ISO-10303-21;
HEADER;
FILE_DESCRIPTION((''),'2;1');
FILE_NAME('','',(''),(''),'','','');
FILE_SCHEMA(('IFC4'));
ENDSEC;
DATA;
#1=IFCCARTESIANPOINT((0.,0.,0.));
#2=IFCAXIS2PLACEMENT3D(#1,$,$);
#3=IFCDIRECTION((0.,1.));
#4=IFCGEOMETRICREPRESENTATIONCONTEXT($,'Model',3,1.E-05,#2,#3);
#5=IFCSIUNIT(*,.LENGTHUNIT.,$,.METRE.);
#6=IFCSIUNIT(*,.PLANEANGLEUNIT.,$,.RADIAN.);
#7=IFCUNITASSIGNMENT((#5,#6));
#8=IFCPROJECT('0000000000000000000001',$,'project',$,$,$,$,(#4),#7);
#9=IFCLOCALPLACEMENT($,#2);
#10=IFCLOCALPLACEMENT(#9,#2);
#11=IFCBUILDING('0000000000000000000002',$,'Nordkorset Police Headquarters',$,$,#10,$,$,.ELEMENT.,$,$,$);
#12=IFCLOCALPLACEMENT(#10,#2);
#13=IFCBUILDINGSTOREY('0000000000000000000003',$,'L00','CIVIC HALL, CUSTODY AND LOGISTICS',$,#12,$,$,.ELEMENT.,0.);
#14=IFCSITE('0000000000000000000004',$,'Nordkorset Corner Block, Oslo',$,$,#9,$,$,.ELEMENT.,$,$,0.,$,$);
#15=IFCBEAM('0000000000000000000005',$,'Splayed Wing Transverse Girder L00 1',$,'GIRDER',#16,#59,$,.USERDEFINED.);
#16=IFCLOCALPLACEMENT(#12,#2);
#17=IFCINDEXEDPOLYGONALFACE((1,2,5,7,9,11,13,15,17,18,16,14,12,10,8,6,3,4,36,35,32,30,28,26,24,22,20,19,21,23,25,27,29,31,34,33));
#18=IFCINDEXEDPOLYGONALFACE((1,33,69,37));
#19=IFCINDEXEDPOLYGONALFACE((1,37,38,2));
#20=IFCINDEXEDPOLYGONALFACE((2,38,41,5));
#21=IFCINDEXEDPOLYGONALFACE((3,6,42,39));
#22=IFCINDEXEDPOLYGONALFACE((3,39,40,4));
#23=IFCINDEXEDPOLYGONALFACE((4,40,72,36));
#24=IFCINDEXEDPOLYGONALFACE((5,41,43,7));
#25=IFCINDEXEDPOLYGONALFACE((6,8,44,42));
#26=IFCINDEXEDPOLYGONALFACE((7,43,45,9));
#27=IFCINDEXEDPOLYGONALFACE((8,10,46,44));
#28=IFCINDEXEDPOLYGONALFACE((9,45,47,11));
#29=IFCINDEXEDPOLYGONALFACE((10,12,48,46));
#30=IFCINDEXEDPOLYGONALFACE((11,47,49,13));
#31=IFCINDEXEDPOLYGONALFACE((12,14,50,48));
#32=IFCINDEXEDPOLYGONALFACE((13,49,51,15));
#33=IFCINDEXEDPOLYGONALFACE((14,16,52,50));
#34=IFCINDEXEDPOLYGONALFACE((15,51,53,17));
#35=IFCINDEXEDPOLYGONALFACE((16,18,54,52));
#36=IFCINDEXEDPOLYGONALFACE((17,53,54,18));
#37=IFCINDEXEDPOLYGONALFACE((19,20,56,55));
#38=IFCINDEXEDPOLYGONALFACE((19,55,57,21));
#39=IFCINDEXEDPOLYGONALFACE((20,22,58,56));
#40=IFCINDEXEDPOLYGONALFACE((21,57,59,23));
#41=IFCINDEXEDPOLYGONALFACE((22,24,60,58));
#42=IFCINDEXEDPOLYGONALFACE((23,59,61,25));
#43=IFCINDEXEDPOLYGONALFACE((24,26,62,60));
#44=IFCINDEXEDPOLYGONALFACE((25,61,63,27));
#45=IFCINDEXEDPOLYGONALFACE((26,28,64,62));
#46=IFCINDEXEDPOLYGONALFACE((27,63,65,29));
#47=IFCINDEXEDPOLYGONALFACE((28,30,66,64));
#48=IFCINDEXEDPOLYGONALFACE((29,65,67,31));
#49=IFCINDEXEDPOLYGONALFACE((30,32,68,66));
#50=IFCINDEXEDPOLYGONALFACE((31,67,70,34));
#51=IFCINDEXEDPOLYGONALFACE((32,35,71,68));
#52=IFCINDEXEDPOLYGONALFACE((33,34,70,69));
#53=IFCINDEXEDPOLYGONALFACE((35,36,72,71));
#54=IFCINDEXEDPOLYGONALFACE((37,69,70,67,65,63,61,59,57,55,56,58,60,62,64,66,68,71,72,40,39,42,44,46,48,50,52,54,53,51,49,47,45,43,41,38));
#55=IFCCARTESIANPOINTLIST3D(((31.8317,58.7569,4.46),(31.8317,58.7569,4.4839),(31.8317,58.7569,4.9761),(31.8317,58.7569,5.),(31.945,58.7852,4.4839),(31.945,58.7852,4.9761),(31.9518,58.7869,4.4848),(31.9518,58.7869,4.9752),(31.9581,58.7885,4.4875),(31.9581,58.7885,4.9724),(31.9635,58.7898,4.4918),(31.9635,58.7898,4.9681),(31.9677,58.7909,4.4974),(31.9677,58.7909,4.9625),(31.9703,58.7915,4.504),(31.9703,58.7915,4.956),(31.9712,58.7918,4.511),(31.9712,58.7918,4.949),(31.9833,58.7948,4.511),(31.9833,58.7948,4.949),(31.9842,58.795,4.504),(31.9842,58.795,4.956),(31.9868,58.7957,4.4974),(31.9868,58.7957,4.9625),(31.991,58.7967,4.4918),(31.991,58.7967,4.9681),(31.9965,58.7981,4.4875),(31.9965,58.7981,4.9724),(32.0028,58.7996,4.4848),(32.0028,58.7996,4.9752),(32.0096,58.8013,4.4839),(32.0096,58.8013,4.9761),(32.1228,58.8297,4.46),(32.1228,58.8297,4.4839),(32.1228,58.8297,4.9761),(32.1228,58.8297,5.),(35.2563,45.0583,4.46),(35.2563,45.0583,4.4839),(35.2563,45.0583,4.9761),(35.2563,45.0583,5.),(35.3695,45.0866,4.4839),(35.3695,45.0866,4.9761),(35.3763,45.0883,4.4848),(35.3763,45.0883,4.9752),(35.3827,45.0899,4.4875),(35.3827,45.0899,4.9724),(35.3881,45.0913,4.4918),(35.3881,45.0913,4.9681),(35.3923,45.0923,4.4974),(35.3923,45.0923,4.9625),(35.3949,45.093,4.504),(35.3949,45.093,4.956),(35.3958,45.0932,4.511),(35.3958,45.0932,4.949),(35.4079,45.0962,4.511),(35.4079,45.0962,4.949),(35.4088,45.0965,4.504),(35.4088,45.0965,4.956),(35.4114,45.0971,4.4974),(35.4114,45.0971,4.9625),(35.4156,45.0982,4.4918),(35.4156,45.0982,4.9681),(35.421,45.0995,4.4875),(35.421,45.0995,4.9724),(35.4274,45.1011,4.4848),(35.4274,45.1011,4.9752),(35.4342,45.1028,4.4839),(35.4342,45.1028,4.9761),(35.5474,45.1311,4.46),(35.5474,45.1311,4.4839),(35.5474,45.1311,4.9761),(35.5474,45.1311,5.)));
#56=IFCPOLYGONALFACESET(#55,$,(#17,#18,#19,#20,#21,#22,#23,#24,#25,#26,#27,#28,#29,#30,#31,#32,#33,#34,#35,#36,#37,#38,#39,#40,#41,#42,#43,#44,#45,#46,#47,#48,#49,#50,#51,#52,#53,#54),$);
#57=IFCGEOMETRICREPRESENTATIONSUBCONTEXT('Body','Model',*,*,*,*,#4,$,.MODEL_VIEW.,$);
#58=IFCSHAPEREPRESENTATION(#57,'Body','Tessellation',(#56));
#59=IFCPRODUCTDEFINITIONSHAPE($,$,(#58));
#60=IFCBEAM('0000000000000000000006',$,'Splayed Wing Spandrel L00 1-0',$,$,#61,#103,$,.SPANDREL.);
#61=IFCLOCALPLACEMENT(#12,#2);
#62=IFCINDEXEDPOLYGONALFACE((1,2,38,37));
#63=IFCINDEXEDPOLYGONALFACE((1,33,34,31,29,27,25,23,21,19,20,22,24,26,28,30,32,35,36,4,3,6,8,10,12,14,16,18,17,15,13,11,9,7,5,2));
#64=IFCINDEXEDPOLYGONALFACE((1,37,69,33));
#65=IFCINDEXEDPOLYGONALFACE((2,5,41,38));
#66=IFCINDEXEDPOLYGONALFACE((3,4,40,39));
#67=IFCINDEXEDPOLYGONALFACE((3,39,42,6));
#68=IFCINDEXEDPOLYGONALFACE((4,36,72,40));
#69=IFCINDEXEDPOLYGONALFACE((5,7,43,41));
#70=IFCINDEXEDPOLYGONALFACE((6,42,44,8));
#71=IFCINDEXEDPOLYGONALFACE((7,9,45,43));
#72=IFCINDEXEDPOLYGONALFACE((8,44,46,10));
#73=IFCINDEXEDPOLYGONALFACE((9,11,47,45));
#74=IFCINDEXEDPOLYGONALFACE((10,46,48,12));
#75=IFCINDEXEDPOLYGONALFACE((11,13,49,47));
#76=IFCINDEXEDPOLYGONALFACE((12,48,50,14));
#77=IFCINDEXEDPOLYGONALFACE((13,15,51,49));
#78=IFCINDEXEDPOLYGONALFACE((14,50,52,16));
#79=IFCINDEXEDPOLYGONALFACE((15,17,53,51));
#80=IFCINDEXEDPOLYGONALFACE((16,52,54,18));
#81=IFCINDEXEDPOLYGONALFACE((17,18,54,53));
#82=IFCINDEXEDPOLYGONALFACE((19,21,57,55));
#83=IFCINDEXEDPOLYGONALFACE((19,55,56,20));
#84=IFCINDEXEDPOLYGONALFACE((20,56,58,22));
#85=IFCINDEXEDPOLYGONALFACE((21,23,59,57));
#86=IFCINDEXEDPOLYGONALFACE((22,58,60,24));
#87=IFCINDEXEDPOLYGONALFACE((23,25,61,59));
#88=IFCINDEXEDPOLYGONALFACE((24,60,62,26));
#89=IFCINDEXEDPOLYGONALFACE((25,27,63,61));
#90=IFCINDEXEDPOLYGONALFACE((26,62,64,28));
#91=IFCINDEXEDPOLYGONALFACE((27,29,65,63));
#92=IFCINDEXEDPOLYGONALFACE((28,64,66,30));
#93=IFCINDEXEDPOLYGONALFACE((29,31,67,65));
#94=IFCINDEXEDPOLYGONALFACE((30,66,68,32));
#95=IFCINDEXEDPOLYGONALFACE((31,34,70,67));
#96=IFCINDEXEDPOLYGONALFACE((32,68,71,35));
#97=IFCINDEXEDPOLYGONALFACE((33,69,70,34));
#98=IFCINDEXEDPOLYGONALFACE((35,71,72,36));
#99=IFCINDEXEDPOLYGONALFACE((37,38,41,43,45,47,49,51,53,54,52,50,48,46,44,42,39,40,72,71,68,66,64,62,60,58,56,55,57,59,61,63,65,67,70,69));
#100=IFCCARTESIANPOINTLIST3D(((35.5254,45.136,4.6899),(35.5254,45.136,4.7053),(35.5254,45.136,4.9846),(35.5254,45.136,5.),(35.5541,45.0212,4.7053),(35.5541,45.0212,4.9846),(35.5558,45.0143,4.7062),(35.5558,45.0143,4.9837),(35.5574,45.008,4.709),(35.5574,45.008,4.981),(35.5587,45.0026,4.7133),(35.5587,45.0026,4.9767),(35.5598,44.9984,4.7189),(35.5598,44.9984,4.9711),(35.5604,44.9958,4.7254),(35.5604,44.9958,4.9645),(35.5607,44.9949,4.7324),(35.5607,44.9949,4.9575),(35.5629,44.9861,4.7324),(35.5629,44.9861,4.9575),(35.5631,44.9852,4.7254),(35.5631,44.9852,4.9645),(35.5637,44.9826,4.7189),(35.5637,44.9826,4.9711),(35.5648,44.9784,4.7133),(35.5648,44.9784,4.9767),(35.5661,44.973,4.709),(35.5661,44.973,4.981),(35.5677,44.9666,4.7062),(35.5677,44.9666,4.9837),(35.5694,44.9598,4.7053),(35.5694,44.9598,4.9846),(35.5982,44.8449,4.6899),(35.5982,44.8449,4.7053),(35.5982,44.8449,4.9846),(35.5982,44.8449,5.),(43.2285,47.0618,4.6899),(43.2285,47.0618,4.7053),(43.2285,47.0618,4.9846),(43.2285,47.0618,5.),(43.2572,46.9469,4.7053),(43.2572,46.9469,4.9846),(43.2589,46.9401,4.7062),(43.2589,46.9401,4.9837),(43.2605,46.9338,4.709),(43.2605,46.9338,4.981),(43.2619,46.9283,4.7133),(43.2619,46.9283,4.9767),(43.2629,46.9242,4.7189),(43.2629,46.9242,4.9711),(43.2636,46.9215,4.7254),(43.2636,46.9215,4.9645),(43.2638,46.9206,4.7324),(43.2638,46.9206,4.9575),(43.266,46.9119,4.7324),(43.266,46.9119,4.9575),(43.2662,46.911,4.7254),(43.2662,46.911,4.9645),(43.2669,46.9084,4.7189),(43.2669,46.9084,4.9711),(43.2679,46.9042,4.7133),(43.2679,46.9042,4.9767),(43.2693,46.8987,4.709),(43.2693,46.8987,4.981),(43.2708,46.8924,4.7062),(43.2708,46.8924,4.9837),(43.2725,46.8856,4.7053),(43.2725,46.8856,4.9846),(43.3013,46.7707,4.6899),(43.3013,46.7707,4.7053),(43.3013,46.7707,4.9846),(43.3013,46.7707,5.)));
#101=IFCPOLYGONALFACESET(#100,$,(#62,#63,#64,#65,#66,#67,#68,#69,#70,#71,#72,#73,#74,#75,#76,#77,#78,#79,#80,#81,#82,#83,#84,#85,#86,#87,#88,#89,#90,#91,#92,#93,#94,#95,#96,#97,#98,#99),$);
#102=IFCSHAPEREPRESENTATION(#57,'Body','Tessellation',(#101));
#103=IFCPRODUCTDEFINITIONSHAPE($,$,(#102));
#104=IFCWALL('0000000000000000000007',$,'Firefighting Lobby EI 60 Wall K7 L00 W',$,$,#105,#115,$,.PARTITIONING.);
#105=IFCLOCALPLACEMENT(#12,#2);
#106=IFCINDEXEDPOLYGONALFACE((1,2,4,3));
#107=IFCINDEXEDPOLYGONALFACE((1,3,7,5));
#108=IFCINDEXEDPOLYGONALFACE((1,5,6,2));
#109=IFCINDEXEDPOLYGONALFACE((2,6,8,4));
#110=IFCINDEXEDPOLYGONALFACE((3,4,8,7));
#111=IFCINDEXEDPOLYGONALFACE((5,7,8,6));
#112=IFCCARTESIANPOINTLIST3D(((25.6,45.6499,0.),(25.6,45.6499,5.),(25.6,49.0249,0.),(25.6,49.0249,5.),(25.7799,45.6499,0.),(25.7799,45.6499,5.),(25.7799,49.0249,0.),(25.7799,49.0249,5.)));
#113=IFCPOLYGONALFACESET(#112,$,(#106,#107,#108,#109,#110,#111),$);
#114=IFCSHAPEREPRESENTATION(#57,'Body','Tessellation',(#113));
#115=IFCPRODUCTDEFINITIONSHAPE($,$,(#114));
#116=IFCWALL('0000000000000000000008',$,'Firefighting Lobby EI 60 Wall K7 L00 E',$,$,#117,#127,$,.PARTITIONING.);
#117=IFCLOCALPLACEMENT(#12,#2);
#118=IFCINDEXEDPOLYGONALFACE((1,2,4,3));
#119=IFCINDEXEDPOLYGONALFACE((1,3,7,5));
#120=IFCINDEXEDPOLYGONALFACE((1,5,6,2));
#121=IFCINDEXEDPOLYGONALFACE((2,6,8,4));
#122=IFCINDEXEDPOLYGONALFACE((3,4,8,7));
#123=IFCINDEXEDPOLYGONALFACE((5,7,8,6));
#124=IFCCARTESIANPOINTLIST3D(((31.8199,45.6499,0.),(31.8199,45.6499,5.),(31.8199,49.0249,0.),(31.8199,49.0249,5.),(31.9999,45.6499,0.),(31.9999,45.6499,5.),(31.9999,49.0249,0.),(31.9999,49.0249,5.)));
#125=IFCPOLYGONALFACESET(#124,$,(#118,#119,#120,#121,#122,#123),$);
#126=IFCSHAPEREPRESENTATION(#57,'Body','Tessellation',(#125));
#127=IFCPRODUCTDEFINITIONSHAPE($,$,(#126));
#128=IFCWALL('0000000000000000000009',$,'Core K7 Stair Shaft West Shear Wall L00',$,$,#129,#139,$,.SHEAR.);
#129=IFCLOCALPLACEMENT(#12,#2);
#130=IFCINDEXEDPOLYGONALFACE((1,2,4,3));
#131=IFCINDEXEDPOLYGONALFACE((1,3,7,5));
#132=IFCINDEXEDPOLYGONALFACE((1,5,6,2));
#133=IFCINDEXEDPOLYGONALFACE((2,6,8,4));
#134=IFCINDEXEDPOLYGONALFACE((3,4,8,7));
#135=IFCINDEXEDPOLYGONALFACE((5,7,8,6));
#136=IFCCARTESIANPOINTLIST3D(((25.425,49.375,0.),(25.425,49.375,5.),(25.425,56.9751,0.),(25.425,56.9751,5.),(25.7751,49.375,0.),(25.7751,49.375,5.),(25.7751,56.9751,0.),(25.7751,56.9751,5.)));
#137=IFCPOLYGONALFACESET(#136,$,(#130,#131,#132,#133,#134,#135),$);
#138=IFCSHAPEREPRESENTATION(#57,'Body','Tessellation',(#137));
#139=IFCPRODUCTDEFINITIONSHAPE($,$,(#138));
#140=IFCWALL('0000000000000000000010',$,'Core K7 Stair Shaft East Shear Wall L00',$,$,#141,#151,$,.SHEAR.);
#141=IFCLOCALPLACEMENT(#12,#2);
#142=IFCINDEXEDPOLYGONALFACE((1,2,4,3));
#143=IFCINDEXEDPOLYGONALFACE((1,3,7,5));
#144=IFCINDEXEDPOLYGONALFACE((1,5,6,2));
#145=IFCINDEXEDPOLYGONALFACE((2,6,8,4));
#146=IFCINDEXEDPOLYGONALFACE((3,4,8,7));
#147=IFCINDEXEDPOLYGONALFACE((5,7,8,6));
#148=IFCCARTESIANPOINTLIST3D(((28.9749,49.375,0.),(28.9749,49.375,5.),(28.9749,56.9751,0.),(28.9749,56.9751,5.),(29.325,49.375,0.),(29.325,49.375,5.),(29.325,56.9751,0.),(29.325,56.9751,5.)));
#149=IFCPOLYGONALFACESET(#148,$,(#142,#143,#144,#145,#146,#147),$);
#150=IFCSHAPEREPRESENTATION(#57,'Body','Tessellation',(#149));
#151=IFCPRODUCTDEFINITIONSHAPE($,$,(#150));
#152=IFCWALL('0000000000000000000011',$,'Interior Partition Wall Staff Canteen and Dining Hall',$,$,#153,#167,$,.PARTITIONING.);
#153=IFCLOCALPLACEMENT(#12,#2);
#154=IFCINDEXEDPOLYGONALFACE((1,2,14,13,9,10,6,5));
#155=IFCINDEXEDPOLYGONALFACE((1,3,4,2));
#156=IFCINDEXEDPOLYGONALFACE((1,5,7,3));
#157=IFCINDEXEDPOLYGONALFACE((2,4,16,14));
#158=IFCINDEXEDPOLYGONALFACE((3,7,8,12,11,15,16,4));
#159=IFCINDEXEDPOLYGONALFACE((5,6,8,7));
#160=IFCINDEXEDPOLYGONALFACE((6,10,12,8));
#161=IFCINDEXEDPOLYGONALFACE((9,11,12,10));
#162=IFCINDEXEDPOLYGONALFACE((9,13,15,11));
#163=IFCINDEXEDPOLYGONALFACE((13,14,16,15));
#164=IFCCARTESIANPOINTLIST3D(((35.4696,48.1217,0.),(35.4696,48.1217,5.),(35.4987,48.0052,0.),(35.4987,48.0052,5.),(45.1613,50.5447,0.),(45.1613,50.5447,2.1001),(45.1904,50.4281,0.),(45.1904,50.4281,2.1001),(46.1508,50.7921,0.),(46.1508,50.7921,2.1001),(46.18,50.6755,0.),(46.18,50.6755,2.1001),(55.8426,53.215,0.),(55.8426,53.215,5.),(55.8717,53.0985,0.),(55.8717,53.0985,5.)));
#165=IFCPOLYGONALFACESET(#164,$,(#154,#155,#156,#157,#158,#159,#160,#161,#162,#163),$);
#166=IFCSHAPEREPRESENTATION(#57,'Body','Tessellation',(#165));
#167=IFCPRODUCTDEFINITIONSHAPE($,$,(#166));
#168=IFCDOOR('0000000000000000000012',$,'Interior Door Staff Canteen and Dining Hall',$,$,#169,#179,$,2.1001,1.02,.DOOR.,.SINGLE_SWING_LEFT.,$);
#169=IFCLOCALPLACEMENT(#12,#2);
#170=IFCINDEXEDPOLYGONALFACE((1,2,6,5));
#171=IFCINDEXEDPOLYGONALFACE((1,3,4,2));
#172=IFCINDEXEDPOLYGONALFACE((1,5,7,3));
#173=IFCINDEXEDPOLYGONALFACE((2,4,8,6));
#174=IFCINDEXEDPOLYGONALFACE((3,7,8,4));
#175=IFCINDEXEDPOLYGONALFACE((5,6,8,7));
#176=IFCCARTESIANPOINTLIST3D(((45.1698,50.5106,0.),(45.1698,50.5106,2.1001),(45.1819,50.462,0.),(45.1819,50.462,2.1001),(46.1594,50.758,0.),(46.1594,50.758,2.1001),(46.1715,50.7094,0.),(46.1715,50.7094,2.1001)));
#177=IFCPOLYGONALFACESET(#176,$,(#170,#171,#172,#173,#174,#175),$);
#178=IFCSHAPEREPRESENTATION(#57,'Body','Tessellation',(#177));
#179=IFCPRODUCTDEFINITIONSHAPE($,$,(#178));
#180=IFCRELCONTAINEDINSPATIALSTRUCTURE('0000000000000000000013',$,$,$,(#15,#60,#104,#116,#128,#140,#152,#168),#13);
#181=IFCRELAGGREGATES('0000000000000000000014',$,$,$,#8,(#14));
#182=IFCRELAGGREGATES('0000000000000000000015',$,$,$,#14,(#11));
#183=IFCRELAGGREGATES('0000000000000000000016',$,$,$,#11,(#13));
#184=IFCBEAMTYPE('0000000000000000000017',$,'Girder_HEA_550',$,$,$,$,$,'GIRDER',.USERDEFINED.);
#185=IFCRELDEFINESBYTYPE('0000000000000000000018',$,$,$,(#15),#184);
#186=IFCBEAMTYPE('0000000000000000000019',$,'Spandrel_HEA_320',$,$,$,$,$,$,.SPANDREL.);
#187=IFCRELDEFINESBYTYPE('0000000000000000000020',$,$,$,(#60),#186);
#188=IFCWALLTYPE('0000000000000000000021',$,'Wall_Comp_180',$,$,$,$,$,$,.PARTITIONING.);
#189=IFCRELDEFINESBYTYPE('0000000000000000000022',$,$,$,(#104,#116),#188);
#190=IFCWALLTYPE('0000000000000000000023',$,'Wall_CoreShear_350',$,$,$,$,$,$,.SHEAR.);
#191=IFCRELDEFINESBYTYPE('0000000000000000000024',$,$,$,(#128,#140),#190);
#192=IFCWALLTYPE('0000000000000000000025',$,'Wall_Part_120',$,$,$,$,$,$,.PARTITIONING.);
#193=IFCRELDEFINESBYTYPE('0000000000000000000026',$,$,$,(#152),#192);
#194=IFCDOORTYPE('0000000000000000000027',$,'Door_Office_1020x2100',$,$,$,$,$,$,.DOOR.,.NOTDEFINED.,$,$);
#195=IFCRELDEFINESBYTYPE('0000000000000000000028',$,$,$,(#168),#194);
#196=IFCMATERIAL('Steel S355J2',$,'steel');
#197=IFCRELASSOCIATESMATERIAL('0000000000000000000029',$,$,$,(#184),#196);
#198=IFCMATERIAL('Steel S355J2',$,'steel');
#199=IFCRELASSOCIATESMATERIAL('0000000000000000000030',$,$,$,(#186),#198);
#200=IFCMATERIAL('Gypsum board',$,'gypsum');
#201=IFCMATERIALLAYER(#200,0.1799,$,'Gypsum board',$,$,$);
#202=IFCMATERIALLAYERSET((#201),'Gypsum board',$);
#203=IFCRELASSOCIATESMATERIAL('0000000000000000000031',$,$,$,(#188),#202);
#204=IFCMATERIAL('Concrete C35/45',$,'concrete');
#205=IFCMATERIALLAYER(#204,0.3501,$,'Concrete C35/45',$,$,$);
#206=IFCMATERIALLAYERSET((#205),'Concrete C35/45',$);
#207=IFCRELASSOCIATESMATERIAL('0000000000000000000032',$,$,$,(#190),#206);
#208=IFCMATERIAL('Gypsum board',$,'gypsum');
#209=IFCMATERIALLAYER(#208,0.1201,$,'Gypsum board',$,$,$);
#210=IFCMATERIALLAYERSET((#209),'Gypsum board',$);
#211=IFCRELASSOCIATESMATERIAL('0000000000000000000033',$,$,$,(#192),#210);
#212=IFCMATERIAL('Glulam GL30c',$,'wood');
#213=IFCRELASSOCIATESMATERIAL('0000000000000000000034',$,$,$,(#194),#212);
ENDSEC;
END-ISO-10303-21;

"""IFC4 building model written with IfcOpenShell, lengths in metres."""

from ifc_helpers import new_model, si_unit, direction, frame, frame_2d, origin, origin_2d, place, context, subcontext, project, spatial, rectangle, i_section, extrude, material, layer, layer_set, material_profile, profile_set, type_object, element, fill, save


model = new_model("IFC4")

# Units and contexts
model_context = context("Model", 3, precision=1e-05, world=origin(), true_north=direction((0.0, 1.0)))
body_context = subcontext(model_context, "Body", "Model", "MODEL_VIEW")
ifc_project = project(units=[si_unit("LENGTHUNIT", "METRE"), si_unit("PLANEANGLEUNIT", "RADIAN")], contexts=[model_context])

# Site, building, storey
site_placement = place(None, origin())
site = spatial("IfcSite", under=ifc_project, at=site_placement, Name="Nordkorset Corner Block, Oslo", CompositionType="ELEMENT", RefElevation=0.0)
building_placement = place(site_placement, origin())
building = spatial("IfcBuilding", under=site, at=building_placement, Name="Nordkorset Police Headquarters", CompositionType="ELEMENT")
storey_placement = place(building_placement, origin())
storey = spatial("IfcBuildingStorey", under=building, at=storey_placement, Name="L00", Description="CIVIC HALL, CUSTODY AND LOGISTICS", CompositionType="ELEMENT", Elevation=0.0)

# Beams
ifc_material_1 = material(Name="Steel S355J2", Category="steel")
ifc_material_profile_1 = material_profile(ifc_material_1, i_section(OverallWidth=0.3, OverallDepth=0.54, WebThickness=0.0125, FlangeThickness=0.0239, FilletRadius=0.0271, at=origin_2d()), Name="HEA 550")
ifc_profile_set_1 = profile_set([ifc_material_profile_1], Name="Steel S355J2")
beam_type_1 = type_object("IfcBeamType", Name="Girder_HEA_550", ElementType="GIRDER", PredefinedType="USERDEFINED", material=ifc_profile_set_1)
beam_1_placement = place(storey_placement, frame((35.4019, 45.0947, 4.73), z_axis=(-0.242532, 0.970144, 0.0), x_axis=(-0.970144, -0.242532, 0.0)))
element("IfcBeam", 1, at=beam_1_placement, inside=storey, type_object=beam_type_1, Name="Splayed Wing Transverse Girder L00 1", ObjectType="GIRDER", PredefinedType="USERDEFINED", context=body_context, shape_type="SweptSolid", body=[
    extrude(i_section(OverallWidth=0.3, OverallDepth=0.54, WebThickness=0.0125, FlangeThickness=0.0239, FilletRadius=0.0271, at=origin_2d()), origin(), (0.0, 0.0, 1.0), 14.1201),
])
ifc_material_2 = material(Name="Steel S355J2", Category="steel")
ifc_material_profile_2 = material_profile(ifc_material_2, i_section(OverallWidth=0.3, OverallDepth=0.3101, WebThickness=0.009, FlangeThickness=0.0154, FilletRadius=0.0271, at=origin_2d()), Name="HEA 320")
ifc_profile_set_2 = profile_set([ifc_material_profile_2], Name="Steel S355J2")
beam_type_2 = type_object("IfcBeamType", Name="Spandrel_HEA_320", PredefinedType="SPANDREL", material=ifc_profile_set_2)
beam_2_placement = place(storey_placement, frame((35.5618, 44.9905, 4.845), z_axis=(0.970143, 0.242536, 0.0), x_axis=(-0.242536, 0.970143, 0.0)))
element("IfcBeam", 2, at=beam_2_placement, inside=storey, type_object=beam_type_2, Name="Splayed Wing Spandrel L00 1-0", PredefinedType="SPANDREL", context=body_context, shape_type="SweptSolid", body=[
    extrude(i_section(OverallWidth=0.3, OverallDepth=0.3101, WebThickness=0.009, FlangeThickness=0.0154, FilletRadius=0.0271, at=origin_2d()), origin(), (0.0, 0.0, 1.0), 7.9402),
])

# Shared definitions
ifc_material_3 = material(Name="Gypsum board", Category="gypsum")
ifc_layer_1 = layer(ifc_material_3, 0.1799, Name="Gypsum board")
ifc_layer_set_1 = layer_set([ifc_layer_1], Name="Gypsum board")
wall_type_1 = type_object("IfcWallType", Name="Wall_Comp_180", PredefinedType="PARTITIONING", material=ifc_layer_set_1)

# Walls
for number, where, z_axis, x_axis, name in (
    (3, (25.6899, 45.6499, 0.0), (0.0, 0.0, 1.0), (0.0, 1.0, 0.0), "Firefighting Lobby EI 60 Wall K7 L00 W"),
    (4, (31.9099, 45.6499, 0.0), (0.0, 0.0, 1.0), (0.0, 1.0, 0.0), "Firefighting Lobby EI 60 Wall K7 L00 E"),
):
    element("IfcWall", number, at=place(storey_placement, frame(where, z_axis=z_axis, x_axis=x_axis)), inside=storey, type_object=wall_type_1, Name=name, PredefinedType="PARTITIONING", context=body_context, shape_type="SweptSolid", body=[
        extrude(rectangle(XDim=3.375, YDim=0.1799, at=frame_2d((1.6875, 0.0))), origin(), (0.0, 0.0, 1.0), 5.0),
    ])

# Shared definitions
ifc_material_4 = material(Name="Concrete C35/45", Category="concrete")
ifc_layer_2 = layer(ifc_material_4, 0.3501, Name="Concrete C35/45")
ifc_layer_set_2 = layer_set([ifc_layer_2], Name="Concrete C35/45")
wall_type_2 = type_object("IfcWallType", Name="Wall_CoreShear_350", PredefinedType="SHEAR", material=ifc_layer_set_2)

# Walls
for number, where, z_axis, x_axis, name in (
    (5, (25.6001, 49.375, 0.0), (0.0, 0.0, 1.0), (0.0, 1.0, 0.0), "Core K7 Stair Shaft West Shear Wall L00"),
    (6, (29.1499, 49.375, 0.0), (0.0, 0.0, 1.0), (0.0, 1.0, 0.0), "Core K7 Stair Shaft East Shear Wall L00"),
):
    element("IfcWall", number, at=place(storey_placement, frame(where, z_axis=z_axis, x_axis=x_axis)), inside=storey, type_object=wall_type_2, Name=name, PredefinedType="SHEAR", context=body_context, shape_type="SweptSolid", body=[
        extrude(rectangle(XDim=7.6001, YDim=0.3501, at=frame_2d((3.8, 0.0))), origin(), (0.0, 0.0, 1.0), 5.0),
    ])

# Wall, opening, door
ifc_material_5 = material(Name="Gypsum board", Category="gypsum")
ifc_layer_3 = layer(ifc_material_5, 0.1201, Name="Gypsum board")
ifc_layer_set_3 = layer_set([ifc_layer_3], Name="Gypsum board")
wall_type_3 = type_object("IfcWallType", Name="Wall_Part_120", PredefinedType="PARTITIONING", material=ifc_layer_set_3)
wall_1_placement = place(storey_placement, frame((35.4841, 48.0635, 0.0), z_axis=(0.0, 0.0, 1.0), x_axis=(0.970143, 0.242536, 0.0)))
wall_1 = element("IfcWall", 7, at=wall_1_placement, inside=storey, type_object=wall_type_3, Name="Interior Partition Wall Staff Canteen and Dining Hall", PredefinedType="PARTITIONING", context=body_context, shape_type="SweptSolid", body=[
    extrude(rectangle(XDim=21.0, YDim=0.1201, at=frame_2d((10.5, 0.0))), origin(), (0.0, 0.0, 1.0), 5.0),
])
opening_1_placement = place(wall_1_placement, frame((9.99, 0.0, 0.0)))
opening_1 = element("IfcOpeningElement", 8, at=opening_1_placement, cuts=wall_1, PredefinedType="OPENING", context=body_context, shape_type="SweptSolid", body=[
    extrude(rectangle(XDim=1.02, YDim=2.1001, at=frame_2d((0.51, 1.05))), frame((0.0, 0.0701, 0.0), z_axis=(0.0, -1.0, 0.0), x_axis=(1.0, 0.0, 0.0)), (0.0, 0.0, 1.0), 0.1401),
])
ifc_material_6 = material(Name="Glulam GL30c", Category="wood")
door_type_1 = type_object("IfcDoorType", Name="Door_Office_1020x2100", OperationType="NOTDEFINED", PredefinedType="DOOR", material=ifc_material_6)
door_1_placement = place(opening_1_placement, origin())
door_1 = element("IfcDoor", 9, at=door_1_placement, inside=storey, type_object=door_type_1, Name="Interior Door Staff Canteen and Dining Hall", OperationType="SINGLE_SWING_LEFT", OverallHeight=2.1001, OverallWidth=1.02, PredefinedType="DOOR", context=body_context, shape_type="SweptSolid", body=[
    extrude(rectangle(XDim=1.02, YDim=2.1001, at=frame_2d((0.51, 1.05))), frame((0.0, 0.0249, 0.0), z_axis=(0.0, -1.0, 0.0), x_axis=(1.0, 0.0, 0.0)), (0.0, 0.0, 1.0), 0.05),
])
fill(opening_1, door_1)

save(model, "model.ifc")
